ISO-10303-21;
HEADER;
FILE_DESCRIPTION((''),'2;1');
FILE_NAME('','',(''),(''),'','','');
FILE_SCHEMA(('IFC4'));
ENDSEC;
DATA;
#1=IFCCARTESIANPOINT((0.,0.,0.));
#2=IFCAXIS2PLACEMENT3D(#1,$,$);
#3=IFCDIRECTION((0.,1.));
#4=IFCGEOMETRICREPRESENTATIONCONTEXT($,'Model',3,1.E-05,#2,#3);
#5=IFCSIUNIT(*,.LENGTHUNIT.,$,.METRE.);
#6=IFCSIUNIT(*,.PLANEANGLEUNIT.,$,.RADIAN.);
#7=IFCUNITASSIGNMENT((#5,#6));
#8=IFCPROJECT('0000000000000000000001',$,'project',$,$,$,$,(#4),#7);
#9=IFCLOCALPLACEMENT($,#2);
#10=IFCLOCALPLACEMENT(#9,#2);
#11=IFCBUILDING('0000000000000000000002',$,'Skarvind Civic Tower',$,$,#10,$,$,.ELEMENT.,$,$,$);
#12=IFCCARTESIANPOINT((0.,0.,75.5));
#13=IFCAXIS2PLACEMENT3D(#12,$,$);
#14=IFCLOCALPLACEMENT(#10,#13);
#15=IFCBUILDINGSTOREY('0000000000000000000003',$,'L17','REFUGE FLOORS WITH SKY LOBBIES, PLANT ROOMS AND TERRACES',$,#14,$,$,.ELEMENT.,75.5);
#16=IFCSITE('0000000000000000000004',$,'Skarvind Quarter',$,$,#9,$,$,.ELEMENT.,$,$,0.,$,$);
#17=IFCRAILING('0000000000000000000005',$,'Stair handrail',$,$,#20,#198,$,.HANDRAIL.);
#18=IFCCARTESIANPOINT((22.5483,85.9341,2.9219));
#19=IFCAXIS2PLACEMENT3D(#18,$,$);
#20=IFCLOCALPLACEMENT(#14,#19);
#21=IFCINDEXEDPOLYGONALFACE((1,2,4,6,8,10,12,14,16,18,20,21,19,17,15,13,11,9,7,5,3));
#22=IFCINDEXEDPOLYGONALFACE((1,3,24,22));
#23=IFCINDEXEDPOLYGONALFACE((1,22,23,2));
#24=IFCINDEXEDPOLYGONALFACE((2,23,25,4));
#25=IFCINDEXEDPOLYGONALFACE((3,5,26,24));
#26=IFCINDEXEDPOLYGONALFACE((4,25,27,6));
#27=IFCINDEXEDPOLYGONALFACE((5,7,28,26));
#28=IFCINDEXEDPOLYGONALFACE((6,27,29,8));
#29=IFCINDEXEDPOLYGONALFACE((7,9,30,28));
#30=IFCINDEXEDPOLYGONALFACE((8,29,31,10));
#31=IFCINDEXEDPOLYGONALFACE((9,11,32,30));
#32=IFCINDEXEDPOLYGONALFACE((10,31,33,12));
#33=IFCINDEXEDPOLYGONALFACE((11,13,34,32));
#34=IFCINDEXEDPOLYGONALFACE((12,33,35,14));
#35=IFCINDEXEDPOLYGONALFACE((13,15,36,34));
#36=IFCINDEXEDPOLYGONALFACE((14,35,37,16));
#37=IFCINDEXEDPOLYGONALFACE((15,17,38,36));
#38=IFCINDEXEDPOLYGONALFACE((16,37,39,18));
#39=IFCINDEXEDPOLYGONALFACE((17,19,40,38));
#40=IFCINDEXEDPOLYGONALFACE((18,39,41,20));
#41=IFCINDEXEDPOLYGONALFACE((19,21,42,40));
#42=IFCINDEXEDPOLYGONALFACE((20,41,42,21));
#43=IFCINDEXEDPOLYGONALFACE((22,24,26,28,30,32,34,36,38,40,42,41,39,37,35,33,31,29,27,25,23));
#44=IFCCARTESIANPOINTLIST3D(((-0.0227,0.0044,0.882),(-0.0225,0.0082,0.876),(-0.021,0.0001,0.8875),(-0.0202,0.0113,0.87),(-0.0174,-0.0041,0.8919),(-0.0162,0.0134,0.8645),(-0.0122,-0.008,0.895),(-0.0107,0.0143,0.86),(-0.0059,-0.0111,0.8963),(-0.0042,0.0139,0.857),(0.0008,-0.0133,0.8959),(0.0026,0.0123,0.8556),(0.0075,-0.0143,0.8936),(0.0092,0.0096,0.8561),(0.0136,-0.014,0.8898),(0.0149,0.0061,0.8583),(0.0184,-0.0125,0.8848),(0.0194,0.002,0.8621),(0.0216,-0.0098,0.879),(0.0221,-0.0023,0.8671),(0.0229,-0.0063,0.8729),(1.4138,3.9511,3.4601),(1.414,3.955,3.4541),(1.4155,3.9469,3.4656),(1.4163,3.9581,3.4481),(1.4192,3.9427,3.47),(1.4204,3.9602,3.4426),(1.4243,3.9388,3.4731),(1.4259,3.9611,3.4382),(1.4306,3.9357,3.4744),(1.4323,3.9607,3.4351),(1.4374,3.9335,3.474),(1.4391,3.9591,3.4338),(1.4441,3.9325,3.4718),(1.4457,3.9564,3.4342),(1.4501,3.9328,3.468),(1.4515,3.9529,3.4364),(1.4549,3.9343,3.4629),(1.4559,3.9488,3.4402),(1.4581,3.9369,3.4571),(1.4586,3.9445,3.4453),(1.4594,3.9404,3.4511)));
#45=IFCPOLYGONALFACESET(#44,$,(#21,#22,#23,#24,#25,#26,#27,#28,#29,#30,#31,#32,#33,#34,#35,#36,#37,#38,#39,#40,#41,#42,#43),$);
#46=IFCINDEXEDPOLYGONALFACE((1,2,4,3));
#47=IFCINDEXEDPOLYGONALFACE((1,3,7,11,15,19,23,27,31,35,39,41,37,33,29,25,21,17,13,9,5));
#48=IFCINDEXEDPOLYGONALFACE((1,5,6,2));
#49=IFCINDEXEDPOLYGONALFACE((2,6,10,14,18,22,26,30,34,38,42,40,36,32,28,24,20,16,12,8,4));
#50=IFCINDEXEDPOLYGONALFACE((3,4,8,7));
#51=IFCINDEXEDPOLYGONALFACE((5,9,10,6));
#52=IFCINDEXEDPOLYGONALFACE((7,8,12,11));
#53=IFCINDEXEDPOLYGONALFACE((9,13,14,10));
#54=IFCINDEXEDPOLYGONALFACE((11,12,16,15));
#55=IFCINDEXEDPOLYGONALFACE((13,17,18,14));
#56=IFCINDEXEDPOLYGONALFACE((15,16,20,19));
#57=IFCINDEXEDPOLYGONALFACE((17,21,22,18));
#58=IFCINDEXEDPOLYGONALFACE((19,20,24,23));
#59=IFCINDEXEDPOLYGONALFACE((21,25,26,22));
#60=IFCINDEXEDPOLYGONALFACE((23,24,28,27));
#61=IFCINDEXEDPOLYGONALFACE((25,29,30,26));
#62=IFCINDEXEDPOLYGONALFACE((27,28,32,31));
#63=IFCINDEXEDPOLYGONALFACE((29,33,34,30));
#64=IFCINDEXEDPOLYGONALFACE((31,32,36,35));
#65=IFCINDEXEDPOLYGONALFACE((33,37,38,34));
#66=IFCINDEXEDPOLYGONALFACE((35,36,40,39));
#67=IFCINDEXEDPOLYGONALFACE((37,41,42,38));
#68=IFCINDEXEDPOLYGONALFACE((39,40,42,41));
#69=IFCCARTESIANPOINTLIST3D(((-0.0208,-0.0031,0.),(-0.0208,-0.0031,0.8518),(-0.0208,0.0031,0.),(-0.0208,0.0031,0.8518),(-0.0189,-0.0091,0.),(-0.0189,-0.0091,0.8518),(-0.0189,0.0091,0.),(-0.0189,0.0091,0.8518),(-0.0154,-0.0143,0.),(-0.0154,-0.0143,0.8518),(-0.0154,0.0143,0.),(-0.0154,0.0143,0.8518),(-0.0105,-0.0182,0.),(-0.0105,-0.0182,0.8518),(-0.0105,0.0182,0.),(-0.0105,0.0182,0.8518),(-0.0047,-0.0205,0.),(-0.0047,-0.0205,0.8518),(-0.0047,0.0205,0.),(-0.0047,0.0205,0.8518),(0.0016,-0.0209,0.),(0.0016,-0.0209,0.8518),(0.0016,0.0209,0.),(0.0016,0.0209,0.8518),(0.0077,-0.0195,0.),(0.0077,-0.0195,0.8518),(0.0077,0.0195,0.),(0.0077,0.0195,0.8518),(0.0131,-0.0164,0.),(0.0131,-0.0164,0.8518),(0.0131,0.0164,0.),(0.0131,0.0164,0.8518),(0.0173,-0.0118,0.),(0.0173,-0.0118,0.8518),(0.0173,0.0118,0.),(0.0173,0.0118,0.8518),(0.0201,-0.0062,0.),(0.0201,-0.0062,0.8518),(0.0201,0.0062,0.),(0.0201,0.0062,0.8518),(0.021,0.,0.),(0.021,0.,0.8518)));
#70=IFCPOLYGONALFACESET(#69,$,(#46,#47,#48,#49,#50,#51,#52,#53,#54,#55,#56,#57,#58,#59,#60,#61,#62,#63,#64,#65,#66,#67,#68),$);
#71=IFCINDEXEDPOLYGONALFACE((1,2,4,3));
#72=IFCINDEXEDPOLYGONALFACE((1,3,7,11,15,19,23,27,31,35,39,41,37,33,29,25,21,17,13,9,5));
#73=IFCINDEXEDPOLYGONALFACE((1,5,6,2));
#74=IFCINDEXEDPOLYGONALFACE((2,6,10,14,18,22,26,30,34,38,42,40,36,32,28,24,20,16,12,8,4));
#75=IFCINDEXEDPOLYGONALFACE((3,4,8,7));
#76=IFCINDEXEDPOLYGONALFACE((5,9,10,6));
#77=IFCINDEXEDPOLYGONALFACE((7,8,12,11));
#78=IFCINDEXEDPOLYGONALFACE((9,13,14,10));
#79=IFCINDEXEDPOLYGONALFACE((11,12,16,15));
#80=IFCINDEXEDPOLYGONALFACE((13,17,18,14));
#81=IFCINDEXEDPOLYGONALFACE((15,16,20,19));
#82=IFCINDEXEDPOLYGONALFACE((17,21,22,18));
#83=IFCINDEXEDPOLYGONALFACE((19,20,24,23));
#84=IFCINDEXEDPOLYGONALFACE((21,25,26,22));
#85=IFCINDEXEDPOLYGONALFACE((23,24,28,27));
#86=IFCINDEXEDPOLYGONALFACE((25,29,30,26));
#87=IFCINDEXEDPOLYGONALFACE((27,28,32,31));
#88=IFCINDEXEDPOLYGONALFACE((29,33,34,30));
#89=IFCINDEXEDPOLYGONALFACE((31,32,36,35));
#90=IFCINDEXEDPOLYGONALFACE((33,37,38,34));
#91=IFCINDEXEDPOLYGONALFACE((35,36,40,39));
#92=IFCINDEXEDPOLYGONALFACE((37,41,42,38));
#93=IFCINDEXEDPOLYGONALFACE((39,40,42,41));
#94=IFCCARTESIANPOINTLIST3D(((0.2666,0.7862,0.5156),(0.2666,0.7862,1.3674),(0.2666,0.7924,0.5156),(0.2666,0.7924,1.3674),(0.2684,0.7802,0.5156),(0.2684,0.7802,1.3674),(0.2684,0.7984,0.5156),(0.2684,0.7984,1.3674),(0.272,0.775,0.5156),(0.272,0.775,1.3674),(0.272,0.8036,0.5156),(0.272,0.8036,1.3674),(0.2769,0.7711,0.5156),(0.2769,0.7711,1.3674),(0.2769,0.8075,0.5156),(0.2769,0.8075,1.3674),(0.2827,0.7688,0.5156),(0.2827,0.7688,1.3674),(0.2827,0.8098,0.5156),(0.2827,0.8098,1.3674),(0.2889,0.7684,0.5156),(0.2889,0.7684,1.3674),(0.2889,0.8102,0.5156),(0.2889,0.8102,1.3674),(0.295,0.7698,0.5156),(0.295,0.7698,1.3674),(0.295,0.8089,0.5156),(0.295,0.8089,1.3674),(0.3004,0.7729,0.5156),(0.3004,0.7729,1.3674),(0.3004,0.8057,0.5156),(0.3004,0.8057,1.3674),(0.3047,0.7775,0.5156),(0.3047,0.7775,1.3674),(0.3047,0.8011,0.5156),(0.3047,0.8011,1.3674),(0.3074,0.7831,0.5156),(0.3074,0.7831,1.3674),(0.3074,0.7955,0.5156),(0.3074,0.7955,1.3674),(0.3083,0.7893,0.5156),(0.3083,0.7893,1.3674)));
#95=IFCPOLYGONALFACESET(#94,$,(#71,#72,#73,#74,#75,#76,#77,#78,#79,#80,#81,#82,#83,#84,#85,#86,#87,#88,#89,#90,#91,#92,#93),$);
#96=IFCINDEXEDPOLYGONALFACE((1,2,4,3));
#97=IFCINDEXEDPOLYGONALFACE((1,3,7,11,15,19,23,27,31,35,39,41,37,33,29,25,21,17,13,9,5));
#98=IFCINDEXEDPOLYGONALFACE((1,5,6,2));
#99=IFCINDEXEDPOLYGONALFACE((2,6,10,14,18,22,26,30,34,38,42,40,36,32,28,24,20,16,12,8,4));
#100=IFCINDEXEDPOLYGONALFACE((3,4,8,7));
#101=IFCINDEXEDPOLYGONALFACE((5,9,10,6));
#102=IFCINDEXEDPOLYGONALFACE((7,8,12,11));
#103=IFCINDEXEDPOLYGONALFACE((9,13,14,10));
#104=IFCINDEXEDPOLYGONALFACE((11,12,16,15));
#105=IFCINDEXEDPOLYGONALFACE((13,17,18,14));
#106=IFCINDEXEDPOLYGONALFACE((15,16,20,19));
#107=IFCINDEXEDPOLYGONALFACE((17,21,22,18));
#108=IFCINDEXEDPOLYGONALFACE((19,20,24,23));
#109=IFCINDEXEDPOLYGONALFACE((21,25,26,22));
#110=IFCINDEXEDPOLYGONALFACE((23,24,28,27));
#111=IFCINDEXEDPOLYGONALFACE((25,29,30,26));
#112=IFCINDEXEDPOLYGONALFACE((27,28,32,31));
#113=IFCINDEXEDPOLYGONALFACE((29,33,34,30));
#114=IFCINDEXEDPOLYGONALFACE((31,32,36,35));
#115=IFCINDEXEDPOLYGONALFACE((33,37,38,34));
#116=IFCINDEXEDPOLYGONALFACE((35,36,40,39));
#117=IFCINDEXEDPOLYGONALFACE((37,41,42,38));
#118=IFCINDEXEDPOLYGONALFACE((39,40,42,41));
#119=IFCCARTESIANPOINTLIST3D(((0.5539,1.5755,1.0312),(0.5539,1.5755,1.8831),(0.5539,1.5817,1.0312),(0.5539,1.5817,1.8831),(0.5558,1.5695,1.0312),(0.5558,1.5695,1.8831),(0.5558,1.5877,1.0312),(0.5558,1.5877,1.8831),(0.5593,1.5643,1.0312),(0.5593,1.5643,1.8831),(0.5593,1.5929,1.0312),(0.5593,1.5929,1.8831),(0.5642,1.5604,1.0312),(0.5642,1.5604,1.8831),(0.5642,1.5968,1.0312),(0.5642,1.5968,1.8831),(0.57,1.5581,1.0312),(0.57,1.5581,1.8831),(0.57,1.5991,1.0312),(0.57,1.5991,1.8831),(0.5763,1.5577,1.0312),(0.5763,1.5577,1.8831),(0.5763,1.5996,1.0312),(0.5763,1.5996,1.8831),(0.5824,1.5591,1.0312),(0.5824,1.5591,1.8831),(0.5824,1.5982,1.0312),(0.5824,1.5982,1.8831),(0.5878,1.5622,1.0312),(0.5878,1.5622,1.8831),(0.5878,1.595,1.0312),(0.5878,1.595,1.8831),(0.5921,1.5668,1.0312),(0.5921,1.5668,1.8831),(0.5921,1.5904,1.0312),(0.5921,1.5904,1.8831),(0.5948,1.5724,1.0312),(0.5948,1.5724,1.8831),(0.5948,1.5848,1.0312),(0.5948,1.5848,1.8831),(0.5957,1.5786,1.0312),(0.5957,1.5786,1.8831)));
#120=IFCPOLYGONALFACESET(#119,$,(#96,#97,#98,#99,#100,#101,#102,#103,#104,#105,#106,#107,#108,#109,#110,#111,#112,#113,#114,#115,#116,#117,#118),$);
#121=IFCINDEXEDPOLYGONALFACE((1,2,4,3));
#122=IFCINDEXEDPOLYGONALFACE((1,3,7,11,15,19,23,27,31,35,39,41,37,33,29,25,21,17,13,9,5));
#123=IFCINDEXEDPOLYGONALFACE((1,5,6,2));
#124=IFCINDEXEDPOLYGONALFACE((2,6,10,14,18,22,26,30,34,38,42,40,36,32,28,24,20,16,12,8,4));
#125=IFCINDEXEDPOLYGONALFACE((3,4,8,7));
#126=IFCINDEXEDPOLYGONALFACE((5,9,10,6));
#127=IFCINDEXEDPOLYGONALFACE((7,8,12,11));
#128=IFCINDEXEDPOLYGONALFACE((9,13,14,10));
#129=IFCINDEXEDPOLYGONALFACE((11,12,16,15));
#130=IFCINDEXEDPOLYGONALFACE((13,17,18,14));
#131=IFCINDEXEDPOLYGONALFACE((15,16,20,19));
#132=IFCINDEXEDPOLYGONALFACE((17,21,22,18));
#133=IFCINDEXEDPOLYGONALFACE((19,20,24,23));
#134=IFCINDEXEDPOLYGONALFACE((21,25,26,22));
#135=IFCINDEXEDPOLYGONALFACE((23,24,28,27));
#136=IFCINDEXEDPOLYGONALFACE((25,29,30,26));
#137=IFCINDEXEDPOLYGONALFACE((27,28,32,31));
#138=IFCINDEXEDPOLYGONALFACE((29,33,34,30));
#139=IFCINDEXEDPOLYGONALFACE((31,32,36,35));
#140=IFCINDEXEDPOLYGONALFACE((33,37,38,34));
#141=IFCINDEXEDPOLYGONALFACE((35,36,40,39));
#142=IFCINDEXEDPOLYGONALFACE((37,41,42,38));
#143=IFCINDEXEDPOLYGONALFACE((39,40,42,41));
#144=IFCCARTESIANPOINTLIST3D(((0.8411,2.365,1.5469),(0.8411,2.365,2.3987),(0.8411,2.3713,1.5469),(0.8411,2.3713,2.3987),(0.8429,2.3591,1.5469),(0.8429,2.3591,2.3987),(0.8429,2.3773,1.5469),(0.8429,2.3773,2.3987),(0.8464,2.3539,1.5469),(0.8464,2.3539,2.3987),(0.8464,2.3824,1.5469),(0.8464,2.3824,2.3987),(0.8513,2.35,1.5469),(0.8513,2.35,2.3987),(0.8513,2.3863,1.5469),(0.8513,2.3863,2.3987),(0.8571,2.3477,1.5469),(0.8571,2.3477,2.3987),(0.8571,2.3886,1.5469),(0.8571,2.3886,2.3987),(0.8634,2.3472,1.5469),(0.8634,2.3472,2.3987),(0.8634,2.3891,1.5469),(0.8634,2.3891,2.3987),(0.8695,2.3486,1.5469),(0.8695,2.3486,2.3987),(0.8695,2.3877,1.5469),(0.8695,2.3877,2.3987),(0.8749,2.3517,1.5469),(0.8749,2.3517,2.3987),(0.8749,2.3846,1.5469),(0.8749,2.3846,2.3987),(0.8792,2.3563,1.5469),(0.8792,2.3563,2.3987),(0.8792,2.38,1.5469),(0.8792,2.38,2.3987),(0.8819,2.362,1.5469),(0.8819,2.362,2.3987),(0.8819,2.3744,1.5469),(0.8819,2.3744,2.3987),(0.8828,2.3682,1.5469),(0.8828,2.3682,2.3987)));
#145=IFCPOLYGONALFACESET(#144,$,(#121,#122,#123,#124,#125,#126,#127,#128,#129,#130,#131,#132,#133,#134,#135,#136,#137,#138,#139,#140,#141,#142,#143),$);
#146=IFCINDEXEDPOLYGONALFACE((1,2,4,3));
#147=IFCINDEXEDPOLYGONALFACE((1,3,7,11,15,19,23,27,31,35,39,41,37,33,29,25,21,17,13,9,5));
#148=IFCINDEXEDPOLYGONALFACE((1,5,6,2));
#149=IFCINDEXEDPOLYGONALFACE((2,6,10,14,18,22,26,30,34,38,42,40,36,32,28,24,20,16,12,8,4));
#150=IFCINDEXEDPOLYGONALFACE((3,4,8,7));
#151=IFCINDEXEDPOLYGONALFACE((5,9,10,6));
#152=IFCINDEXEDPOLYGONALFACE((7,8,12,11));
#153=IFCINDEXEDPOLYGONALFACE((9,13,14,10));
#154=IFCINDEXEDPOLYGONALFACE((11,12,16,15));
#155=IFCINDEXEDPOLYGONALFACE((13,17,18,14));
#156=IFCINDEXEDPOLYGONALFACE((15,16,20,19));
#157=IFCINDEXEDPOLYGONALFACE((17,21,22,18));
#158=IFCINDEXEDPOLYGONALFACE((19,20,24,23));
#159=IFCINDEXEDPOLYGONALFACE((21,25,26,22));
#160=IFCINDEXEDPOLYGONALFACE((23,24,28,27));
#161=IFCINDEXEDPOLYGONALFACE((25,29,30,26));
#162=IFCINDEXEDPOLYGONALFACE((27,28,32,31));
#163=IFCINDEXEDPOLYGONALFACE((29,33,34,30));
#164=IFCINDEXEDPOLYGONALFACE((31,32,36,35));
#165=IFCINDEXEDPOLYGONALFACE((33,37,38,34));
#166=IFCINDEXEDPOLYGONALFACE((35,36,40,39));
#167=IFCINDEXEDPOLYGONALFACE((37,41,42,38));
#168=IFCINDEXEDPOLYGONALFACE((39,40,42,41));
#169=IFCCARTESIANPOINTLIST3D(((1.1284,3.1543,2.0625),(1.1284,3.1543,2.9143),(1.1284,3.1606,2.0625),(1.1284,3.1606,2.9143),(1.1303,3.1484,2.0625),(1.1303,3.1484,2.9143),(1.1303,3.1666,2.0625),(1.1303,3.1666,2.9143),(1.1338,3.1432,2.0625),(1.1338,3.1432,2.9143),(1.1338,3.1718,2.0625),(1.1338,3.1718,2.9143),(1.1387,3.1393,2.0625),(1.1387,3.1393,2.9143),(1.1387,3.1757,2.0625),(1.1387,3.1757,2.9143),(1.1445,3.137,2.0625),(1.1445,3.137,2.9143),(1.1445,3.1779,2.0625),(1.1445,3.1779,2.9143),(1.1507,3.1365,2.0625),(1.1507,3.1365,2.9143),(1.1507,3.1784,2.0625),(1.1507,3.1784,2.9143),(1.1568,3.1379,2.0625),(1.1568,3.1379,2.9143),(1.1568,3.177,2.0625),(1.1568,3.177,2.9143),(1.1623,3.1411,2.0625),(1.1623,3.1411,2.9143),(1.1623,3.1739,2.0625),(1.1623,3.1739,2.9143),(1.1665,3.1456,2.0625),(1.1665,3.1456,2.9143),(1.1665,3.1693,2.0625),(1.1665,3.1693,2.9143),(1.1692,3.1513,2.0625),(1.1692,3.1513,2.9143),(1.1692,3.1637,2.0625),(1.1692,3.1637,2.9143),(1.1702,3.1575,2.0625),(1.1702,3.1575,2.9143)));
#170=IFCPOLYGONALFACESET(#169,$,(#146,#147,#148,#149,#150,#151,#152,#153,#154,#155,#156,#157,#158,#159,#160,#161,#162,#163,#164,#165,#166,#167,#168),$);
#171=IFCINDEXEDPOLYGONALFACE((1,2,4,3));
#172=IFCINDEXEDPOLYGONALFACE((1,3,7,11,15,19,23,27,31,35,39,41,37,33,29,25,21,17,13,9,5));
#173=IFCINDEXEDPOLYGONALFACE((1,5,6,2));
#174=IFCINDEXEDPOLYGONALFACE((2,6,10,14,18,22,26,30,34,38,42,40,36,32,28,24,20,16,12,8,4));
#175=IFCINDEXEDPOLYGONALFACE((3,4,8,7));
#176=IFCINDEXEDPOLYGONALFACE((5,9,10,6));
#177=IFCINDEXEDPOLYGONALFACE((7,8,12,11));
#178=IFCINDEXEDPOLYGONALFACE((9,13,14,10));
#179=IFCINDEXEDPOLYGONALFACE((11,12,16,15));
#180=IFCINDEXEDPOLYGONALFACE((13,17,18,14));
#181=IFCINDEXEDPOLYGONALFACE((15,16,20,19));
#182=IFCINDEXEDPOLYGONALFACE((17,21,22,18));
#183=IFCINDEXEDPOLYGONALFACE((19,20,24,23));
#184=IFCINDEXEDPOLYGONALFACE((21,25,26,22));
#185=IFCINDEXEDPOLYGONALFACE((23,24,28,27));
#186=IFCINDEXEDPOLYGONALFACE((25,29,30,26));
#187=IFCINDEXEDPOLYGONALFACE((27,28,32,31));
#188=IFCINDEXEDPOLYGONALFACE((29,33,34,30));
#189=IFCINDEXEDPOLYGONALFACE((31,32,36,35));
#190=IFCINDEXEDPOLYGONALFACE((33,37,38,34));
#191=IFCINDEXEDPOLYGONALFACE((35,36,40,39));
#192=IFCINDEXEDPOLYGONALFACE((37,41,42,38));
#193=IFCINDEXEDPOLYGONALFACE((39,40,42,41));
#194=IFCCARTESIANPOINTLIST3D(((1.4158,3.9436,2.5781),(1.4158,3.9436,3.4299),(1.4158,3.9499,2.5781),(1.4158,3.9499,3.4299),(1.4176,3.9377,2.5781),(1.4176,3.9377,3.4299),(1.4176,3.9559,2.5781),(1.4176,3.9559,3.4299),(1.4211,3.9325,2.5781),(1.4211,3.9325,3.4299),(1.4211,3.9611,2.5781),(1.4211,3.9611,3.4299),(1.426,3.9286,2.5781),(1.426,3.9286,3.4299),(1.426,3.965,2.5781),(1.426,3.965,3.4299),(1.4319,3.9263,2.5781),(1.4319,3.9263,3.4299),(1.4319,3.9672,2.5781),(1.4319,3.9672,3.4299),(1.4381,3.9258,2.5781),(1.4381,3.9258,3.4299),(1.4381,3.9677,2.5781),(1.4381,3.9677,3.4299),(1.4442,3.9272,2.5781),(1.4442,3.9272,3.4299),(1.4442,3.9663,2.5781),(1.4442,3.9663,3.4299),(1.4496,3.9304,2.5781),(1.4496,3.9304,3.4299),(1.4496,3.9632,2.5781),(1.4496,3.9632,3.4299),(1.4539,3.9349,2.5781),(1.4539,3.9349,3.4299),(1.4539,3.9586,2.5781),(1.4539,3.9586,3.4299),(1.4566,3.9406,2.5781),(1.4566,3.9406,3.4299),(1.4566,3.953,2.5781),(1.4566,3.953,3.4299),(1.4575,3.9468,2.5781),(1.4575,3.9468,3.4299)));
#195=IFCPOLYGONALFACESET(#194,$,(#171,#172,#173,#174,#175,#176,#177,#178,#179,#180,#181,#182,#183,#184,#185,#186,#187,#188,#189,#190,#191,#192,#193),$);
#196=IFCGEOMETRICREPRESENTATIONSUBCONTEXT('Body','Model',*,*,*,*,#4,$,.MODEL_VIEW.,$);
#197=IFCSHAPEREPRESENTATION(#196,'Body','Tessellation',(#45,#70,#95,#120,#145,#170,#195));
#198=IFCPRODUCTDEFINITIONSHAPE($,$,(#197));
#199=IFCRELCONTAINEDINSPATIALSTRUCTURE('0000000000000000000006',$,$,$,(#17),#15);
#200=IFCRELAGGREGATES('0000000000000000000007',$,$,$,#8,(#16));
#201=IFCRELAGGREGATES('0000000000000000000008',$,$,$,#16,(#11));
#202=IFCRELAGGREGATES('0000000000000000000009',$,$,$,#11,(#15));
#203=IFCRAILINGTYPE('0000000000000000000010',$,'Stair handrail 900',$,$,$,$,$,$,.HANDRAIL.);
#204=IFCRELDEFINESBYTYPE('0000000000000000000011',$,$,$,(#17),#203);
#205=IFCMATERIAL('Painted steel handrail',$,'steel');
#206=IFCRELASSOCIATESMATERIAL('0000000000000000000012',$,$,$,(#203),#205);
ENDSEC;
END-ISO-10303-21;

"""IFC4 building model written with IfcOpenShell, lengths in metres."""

from ifc_helpers import new_model, si_unit, direction, frame, origin, origin_2d, place, context, subcontext, project, spatial, circle, extrude, material, type_object, element, save


model = new_model("IFC4")

# Units and contexts
model_context = context("Model", 3, precision=1e-05, world=origin(), true_north=direction((0.0, 1.0)))
body_context = subcontext(model_context, "Body", "Model", "MODEL_VIEW")
ifc_project = project(units=[si_unit("LENGTHUNIT", "METRE"), si_unit("PLANEANGLEUNIT", "RADIAN")], contexts=[model_context])

# Site, building, storey
site_placement = place(None, origin())
site = spatial("IfcSite", under=ifc_project, at=site_placement, Name="Skarvind Quarter", CompositionType="ELEMENT", RefElevation=0.0)
building_placement = place(site_placement, origin())
building = spatial("IfcBuilding", under=site, at=building_placement, Name="Skarvind Civic Tower", CompositionType="ELEMENT")
storey_placement = place(building_placement, frame((0.0, 0.0, 75.5)))
storey = spatial("IfcBuildingStorey", under=building, at=storey_placement, Name="L17", Description="REFUGE FLOORS WITH SKY LOBBIES, PLANT ROOMS AND TERRACES", CompositionType="ELEMENT", Elevation=75.5)

# Railing
ifc_material_1 = material(Name="Painted steel handrail", Category="steel")
railing_type = type_object("IfcRailingType", Name="Stair handrail 900", PredefinedType="HANDRAIL", material=ifc_material_1)
railing_1_placement = place(storey_placement, frame((22.5483, 85.9341, 2.9219)))
element("IfcRailing", 1, at=railing_1_placement, inside=storey, type_object=railing_type, Name="Stair handrail", PredefinedType="HANDRAIL", context=body_context, shape_type="SweptSolid", body=[
    extrude(circle(Radius=0.0239, at=origin_2d()), frame((0.0, 0.0, 0.876), z_axis=(0.291489, 0.800852, 0.523135), x_axis=(-0.939692, 0.342023, 0.0)), (0.0, 0.0, 1.0), 4.9282),
    extrude(circle(Radius=0.021, at=origin_2d()), origin(), (0.0, 0.0, 1.0), 0.8518),
    extrude(circle(Radius=0.021, at=origin_2d()), frame((0.2874, 0.7893, 0.5156)), (0.0, 0.0, 1.0), 0.8518),
    extrude(circle(Radius=0.021, at=origin_2d()), frame((0.5747, 1.5786, 1.0312)), (0.0, 0.0, 1.0), 0.8518),
    extrude(circle(Radius=0.021, at=origin_2d()), frame((0.8618, 2.3682, 1.5469)), (0.0, 0.0, 1.0), 0.8518),
    extrude(circle(Radius=0.021, at=origin_2d()), frame((1.1492, 3.1575, 2.0625)), (0.0, 0.0, 1.0), 0.8518),
    extrude(circle(Radius=0.021, at=origin_2d()), frame((1.4365, 3.9468, 2.5781)), (0.0, 0.0, 1.0), 0.8518),
])

save(model, "model.ifc")
